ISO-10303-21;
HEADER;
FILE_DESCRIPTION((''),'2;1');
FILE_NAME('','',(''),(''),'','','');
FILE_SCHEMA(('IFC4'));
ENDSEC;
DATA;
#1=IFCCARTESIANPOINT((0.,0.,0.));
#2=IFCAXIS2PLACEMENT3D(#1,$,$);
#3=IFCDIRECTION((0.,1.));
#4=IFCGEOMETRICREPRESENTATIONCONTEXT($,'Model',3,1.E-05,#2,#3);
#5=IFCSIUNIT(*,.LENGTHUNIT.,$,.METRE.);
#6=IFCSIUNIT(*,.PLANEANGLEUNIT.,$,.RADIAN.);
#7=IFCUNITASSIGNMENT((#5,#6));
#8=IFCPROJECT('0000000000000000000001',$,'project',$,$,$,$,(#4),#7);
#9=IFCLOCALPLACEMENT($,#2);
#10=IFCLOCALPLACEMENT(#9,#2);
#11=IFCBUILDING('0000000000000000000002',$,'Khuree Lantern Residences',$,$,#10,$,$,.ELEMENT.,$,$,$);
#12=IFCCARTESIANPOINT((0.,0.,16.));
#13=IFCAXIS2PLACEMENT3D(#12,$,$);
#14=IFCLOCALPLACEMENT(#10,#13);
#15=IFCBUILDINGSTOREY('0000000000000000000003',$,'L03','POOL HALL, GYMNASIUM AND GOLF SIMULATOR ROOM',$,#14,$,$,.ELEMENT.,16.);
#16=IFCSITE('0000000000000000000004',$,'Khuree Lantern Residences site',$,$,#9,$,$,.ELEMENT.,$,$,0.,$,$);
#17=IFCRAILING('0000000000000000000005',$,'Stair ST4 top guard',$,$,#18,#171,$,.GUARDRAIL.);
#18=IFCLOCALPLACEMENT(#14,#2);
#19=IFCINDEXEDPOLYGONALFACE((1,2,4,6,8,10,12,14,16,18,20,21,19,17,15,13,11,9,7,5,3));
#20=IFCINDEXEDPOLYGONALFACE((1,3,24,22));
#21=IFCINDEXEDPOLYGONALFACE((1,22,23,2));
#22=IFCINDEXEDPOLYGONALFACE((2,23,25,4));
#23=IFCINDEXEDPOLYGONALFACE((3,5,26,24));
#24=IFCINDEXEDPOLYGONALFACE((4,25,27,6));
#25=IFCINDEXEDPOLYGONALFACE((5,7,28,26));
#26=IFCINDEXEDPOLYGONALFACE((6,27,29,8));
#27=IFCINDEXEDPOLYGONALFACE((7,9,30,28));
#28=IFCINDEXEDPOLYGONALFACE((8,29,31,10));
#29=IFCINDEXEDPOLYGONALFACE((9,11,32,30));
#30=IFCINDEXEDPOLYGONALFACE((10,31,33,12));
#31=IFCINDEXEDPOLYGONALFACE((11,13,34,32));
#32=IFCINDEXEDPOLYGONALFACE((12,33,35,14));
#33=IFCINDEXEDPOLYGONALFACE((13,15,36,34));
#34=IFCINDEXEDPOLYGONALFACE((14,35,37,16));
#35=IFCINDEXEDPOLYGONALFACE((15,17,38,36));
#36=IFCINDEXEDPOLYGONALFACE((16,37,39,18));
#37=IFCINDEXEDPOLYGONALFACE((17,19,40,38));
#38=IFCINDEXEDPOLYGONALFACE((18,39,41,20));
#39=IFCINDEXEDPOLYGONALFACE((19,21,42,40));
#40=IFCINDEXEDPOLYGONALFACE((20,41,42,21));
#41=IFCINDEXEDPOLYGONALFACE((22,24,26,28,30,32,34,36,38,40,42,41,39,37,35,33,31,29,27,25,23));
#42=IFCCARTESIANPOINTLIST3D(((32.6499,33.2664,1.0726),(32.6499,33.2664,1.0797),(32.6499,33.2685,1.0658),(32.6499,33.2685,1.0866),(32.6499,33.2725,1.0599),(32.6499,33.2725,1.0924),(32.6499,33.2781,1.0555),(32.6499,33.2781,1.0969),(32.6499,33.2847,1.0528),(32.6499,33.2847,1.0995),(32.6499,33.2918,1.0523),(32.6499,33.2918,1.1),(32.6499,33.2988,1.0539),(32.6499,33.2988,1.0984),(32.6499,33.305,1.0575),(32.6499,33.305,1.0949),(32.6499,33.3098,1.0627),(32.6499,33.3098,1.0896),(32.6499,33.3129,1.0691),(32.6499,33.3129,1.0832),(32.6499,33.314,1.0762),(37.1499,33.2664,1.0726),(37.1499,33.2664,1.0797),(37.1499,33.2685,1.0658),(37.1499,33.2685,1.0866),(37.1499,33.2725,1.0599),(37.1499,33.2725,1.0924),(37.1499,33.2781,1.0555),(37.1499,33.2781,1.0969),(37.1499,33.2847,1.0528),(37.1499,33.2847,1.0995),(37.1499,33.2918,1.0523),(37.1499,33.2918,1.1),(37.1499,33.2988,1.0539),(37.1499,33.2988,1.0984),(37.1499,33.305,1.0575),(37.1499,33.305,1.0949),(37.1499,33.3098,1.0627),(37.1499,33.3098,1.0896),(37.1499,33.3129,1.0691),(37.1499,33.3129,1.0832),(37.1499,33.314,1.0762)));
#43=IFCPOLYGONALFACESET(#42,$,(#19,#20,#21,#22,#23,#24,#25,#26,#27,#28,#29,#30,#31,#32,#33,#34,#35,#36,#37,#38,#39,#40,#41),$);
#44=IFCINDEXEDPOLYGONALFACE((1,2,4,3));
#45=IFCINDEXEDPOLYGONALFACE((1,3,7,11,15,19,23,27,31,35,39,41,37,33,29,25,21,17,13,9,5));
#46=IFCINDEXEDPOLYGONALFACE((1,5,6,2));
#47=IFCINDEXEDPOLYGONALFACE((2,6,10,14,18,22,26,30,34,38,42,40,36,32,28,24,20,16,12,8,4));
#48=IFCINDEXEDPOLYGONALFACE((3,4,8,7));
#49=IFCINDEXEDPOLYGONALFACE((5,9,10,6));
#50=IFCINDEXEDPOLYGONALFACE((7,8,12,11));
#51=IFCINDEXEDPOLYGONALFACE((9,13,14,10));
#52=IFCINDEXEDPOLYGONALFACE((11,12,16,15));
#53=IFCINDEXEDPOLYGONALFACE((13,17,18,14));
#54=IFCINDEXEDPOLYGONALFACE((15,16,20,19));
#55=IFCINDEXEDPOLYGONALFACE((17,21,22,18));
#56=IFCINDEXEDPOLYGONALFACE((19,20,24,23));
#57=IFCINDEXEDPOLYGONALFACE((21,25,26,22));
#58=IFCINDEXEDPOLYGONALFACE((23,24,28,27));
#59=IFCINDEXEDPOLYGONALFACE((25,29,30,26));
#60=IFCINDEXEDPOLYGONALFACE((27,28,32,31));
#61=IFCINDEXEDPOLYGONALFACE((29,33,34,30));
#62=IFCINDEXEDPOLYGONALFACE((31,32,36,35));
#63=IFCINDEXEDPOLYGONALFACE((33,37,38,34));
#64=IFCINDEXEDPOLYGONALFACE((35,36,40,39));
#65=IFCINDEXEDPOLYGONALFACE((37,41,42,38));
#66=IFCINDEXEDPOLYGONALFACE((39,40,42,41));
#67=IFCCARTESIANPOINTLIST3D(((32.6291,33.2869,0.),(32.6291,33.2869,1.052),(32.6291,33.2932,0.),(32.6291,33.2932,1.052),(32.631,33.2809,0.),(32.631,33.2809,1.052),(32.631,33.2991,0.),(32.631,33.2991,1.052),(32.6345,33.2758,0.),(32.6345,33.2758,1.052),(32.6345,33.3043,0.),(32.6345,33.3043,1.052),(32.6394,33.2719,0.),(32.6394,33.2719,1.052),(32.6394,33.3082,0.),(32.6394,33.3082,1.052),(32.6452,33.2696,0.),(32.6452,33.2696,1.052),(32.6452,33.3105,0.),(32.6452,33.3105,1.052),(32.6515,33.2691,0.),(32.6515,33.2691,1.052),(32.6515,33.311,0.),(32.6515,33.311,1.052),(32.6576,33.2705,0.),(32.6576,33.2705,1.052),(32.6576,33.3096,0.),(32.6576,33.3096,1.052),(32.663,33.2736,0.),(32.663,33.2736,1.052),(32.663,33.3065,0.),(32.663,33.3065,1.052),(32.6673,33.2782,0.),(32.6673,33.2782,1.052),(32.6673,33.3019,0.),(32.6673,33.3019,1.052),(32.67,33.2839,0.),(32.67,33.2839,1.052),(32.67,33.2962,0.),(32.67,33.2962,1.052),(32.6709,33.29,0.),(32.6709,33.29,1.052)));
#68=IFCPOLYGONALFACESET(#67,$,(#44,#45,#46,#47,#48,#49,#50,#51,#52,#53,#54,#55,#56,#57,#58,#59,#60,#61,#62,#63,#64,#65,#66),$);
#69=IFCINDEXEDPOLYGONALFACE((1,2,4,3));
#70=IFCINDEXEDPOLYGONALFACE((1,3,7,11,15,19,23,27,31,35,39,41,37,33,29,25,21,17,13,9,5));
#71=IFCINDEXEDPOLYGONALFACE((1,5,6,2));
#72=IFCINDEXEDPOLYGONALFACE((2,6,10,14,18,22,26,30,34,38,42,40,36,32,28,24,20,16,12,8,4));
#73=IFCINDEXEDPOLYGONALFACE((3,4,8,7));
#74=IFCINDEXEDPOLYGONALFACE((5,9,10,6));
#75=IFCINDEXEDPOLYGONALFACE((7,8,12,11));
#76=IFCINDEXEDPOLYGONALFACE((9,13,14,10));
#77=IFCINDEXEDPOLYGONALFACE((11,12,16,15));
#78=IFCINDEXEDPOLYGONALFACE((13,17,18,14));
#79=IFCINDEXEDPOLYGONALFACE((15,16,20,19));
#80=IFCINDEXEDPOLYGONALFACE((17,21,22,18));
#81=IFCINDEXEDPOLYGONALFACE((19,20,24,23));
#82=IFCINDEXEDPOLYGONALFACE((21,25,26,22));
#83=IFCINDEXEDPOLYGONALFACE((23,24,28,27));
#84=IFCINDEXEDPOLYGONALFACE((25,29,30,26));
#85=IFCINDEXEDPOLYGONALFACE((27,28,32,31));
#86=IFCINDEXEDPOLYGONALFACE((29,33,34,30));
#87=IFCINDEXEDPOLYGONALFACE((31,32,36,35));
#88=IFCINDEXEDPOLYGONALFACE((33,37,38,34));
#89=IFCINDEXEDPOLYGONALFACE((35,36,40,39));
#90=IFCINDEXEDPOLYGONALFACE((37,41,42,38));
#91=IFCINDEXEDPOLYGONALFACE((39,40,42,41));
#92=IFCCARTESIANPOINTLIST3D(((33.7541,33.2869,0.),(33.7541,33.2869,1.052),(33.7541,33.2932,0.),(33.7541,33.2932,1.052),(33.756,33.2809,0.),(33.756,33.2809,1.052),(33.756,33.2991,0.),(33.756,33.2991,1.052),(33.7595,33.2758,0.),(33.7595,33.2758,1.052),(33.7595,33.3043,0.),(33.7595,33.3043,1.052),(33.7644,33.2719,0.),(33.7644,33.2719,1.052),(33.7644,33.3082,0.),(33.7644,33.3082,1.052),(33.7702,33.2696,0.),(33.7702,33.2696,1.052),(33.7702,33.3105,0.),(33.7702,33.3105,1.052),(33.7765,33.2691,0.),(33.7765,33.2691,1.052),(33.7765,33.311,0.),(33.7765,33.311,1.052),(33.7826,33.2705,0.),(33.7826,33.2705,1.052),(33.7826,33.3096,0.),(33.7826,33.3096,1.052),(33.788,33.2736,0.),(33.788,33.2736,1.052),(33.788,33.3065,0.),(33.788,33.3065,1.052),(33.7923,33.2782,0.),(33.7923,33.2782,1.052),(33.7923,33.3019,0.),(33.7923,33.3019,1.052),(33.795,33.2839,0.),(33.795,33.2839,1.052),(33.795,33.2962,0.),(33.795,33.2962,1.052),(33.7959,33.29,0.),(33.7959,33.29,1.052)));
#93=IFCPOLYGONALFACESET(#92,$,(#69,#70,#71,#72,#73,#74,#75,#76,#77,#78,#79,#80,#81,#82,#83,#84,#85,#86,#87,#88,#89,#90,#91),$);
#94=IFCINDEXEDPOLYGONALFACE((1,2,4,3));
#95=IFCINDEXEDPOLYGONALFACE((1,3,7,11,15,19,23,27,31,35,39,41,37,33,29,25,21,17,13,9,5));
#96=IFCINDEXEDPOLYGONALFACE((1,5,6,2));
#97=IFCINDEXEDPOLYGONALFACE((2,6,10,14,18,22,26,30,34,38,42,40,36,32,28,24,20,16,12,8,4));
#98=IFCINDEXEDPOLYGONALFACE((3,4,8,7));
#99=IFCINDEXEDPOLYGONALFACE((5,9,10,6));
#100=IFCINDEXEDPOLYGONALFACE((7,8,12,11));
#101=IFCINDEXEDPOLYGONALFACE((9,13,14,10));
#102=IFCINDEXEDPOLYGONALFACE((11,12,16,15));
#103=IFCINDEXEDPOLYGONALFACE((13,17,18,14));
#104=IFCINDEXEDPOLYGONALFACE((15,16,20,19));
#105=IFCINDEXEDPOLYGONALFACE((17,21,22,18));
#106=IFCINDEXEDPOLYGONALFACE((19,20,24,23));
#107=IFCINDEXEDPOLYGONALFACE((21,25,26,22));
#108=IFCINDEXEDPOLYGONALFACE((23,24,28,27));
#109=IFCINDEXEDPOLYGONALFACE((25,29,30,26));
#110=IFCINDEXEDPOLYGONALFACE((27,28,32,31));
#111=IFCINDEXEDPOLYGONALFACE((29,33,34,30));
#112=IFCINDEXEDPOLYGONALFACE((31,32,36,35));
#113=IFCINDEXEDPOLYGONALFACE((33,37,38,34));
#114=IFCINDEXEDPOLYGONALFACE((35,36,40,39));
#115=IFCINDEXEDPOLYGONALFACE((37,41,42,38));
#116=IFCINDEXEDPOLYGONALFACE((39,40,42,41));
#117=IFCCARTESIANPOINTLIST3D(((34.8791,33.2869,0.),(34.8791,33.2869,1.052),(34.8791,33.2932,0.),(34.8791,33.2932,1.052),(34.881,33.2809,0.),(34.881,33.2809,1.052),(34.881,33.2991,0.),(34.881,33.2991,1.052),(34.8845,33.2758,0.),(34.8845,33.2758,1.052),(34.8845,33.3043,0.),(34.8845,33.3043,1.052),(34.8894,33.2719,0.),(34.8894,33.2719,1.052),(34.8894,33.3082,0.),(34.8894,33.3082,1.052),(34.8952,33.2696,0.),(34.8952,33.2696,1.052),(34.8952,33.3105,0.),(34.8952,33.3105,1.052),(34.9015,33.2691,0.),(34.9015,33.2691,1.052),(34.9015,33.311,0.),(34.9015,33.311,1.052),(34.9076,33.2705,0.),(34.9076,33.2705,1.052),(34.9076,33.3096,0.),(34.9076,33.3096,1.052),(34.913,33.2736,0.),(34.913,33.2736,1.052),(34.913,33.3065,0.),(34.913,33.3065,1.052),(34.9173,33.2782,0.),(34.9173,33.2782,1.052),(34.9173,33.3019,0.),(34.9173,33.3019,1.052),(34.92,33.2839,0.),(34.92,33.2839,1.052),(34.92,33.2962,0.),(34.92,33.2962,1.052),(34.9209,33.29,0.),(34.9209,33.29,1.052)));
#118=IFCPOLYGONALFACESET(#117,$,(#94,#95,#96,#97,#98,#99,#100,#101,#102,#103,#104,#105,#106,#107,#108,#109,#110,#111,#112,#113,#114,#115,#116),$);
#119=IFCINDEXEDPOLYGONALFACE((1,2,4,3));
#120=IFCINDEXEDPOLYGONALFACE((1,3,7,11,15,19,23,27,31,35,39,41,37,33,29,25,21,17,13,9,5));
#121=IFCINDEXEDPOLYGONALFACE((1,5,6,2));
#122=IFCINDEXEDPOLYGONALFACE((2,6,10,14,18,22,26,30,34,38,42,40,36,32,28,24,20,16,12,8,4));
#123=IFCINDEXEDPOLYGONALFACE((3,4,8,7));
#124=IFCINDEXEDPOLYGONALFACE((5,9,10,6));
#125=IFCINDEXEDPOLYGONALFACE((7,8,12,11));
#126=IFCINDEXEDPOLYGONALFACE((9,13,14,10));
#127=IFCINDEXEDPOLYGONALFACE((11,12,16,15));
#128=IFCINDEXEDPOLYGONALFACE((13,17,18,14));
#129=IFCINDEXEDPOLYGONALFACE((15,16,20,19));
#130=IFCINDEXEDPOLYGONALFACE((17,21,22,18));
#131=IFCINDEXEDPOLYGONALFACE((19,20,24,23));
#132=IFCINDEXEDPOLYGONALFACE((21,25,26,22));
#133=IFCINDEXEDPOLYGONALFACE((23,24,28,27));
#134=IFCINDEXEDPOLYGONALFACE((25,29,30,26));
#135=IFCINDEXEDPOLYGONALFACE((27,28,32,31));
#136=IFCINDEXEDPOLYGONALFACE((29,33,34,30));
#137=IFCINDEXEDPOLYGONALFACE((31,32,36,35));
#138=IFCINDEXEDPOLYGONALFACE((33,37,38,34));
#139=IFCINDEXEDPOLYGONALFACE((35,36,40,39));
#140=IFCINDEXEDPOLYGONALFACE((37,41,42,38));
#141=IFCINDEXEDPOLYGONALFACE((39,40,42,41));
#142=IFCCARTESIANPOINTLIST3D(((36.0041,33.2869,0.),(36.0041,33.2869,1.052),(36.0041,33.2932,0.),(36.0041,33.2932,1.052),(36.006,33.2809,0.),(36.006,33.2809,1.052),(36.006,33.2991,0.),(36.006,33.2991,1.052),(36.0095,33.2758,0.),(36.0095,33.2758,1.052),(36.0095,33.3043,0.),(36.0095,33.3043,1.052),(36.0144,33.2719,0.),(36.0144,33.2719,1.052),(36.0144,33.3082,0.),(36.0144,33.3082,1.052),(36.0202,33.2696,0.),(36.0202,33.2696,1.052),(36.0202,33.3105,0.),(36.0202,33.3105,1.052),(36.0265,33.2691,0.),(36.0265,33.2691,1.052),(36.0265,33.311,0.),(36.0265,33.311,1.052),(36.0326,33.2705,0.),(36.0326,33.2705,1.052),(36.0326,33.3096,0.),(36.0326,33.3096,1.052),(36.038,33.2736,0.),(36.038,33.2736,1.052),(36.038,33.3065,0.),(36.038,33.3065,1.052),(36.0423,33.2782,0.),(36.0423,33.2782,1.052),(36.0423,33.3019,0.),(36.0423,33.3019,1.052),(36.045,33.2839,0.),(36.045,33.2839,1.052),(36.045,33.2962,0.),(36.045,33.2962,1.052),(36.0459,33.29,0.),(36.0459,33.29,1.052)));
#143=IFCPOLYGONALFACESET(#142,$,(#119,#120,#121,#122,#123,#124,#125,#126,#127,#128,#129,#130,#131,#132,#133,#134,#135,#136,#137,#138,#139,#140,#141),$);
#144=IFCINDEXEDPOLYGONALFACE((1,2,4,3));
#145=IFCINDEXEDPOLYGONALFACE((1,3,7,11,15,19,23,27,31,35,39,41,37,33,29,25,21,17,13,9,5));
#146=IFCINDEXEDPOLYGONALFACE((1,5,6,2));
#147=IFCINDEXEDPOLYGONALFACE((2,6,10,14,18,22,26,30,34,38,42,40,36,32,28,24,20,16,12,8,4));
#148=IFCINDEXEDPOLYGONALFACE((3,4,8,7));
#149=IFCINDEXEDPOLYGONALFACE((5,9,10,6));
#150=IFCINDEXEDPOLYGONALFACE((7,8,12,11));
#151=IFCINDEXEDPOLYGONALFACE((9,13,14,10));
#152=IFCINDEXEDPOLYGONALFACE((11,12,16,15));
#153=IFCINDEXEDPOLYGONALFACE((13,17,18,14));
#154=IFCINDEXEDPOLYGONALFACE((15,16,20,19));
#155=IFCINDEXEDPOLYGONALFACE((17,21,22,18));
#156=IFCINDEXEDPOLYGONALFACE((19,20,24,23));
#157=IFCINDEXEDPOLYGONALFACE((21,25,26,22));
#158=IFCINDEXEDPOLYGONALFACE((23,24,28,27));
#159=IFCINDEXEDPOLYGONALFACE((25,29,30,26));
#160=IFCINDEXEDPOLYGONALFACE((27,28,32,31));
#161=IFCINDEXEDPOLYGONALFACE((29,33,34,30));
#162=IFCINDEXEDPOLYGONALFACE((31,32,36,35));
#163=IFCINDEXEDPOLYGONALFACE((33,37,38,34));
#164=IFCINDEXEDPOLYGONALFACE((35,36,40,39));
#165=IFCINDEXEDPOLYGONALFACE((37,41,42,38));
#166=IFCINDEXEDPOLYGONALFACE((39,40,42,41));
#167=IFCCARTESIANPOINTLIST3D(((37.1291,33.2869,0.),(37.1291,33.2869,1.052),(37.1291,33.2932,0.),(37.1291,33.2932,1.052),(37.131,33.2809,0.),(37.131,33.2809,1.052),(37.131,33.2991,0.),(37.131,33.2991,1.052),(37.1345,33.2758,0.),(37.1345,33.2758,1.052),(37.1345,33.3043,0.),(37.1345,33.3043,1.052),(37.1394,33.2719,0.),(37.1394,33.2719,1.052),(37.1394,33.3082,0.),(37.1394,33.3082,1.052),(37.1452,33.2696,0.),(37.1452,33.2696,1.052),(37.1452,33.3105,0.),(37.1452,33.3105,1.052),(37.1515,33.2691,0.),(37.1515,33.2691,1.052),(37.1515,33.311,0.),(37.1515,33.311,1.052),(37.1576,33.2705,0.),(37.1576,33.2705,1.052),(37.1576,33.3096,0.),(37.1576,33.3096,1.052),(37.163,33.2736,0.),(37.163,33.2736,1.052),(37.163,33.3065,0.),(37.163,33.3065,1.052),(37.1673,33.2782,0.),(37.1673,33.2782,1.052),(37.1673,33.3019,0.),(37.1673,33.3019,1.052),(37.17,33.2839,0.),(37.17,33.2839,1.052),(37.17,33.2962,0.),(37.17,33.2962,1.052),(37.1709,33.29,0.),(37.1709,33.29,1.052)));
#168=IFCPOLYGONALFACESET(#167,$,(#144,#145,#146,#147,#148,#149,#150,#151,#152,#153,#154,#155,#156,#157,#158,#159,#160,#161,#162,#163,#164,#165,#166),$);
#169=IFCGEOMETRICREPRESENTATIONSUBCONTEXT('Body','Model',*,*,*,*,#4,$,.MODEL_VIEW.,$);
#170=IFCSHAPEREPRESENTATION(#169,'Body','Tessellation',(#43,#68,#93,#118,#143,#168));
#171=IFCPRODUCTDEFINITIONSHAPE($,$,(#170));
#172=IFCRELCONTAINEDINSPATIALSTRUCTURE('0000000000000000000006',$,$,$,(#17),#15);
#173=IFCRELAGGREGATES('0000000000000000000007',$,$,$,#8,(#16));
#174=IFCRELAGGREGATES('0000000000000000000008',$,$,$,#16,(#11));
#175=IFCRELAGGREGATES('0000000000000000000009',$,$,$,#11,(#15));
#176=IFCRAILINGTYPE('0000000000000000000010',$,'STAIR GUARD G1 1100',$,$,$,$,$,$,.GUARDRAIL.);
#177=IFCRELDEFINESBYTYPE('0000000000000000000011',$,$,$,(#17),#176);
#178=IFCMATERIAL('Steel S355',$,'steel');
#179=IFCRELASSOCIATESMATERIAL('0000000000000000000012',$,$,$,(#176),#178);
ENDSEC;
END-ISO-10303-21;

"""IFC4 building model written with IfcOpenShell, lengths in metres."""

from ifc_helpers import new_model, si_unit, direction, frame, origin, origin_2d, place, context, subcontext, project, spatial, circle, extrude, material, type_object, element, save


model = new_model("IFC4")

# Units and contexts
model_context = context("Model", 3, precision=1e-05, world=origin(), true_north=direction((0.0, 1.0)))
body_context = subcontext(model_context, "Body", "Model", "MODEL_VIEW")
ifc_project = project(units=[si_unit("LENGTHUNIT", "METRE"), si_unit("PLANEANGLEUNIT", "RADIAN")], contexts=[model_context])

# Site, building, storey
site_placement = place(None, origin())
site = spatial("IfcSite", under=ifc_project, at=site_placement, Name="Khuree Lantern Residences site", CompositionType="ELEMENT", RefElevation=0.0)
building_placement = place(site_placement, origin())
building = spatial("IfcBuilding", under=site, at=building_placement, Name="Khuree Lantern Residences", CompositionType="ELEMENT")
storey_placement = place(building_placement, frame((0.0, 0.0, 16.0)))
storey = spatial("IfcBuildingStorey", under=building, at=storey_placement, Name="L03", Description="POOL HALL, GYMNASIUM AND GOLF SIMULATOR ROOM", CompositionType="ELEMENT", Elevation=16.0)

# Railing
ifc_material_1 = material(Name="Steel S355", Category="steel")
railing_type = type_object("IfcRailingType", Name="STAIR GUARD G1 1100", PredefinedType="GUARDRAIL", material=ifc_material_1)
railing_1_placement = place(storey_placement, frame((32.6499, 33.29, 0.0)))
element("IfcRailing", 1, at=railing_1_placement, inside=storey, type_object=railing_type, Name="Stair ST4 top guard", PredefinedType="GUARDRAIL", context=body_context, shape_type="SweptSolid", body=[
    extrude(circle(Radius=0.0239, at=origin_2d()), frame((0.0, 0.0, 1.0762), z_axis=(1.0, 0.0, 0.0), x_axis=(0.0, 1.0, 0.0)), (0.0, 0.0, 1.0), 4.5),
    extrude(circle(Radius=0.021, at=origin_2d()), origin(), (0.0, 0.0, 1.0), 1.052),
    extrude(circle(Radius=0.021, at=origin_2d()), frame((1.125, 0.0, 0.0)), (0.0, 0.0, 1.0), 1.052),
    extrude(circle(Radius=0.021, at=origin_2d()), frame((2.25, 0.0, 0.0)), (0.0, 0.0, 1.0), 1.052),
    extrude(circle(Radius=0.021, at=origin_2d()), frame((3.375, 0.0, 0.0)), (0.0, 0.0, 1.0), 1.052),
    extrude(circle(Radius=0.021, at=origin_2d()), frame((4.5, 0.0, 0.0)), (0.0, 0.0, 1.0), 1.052),
])

save(model, "model.ifc")
